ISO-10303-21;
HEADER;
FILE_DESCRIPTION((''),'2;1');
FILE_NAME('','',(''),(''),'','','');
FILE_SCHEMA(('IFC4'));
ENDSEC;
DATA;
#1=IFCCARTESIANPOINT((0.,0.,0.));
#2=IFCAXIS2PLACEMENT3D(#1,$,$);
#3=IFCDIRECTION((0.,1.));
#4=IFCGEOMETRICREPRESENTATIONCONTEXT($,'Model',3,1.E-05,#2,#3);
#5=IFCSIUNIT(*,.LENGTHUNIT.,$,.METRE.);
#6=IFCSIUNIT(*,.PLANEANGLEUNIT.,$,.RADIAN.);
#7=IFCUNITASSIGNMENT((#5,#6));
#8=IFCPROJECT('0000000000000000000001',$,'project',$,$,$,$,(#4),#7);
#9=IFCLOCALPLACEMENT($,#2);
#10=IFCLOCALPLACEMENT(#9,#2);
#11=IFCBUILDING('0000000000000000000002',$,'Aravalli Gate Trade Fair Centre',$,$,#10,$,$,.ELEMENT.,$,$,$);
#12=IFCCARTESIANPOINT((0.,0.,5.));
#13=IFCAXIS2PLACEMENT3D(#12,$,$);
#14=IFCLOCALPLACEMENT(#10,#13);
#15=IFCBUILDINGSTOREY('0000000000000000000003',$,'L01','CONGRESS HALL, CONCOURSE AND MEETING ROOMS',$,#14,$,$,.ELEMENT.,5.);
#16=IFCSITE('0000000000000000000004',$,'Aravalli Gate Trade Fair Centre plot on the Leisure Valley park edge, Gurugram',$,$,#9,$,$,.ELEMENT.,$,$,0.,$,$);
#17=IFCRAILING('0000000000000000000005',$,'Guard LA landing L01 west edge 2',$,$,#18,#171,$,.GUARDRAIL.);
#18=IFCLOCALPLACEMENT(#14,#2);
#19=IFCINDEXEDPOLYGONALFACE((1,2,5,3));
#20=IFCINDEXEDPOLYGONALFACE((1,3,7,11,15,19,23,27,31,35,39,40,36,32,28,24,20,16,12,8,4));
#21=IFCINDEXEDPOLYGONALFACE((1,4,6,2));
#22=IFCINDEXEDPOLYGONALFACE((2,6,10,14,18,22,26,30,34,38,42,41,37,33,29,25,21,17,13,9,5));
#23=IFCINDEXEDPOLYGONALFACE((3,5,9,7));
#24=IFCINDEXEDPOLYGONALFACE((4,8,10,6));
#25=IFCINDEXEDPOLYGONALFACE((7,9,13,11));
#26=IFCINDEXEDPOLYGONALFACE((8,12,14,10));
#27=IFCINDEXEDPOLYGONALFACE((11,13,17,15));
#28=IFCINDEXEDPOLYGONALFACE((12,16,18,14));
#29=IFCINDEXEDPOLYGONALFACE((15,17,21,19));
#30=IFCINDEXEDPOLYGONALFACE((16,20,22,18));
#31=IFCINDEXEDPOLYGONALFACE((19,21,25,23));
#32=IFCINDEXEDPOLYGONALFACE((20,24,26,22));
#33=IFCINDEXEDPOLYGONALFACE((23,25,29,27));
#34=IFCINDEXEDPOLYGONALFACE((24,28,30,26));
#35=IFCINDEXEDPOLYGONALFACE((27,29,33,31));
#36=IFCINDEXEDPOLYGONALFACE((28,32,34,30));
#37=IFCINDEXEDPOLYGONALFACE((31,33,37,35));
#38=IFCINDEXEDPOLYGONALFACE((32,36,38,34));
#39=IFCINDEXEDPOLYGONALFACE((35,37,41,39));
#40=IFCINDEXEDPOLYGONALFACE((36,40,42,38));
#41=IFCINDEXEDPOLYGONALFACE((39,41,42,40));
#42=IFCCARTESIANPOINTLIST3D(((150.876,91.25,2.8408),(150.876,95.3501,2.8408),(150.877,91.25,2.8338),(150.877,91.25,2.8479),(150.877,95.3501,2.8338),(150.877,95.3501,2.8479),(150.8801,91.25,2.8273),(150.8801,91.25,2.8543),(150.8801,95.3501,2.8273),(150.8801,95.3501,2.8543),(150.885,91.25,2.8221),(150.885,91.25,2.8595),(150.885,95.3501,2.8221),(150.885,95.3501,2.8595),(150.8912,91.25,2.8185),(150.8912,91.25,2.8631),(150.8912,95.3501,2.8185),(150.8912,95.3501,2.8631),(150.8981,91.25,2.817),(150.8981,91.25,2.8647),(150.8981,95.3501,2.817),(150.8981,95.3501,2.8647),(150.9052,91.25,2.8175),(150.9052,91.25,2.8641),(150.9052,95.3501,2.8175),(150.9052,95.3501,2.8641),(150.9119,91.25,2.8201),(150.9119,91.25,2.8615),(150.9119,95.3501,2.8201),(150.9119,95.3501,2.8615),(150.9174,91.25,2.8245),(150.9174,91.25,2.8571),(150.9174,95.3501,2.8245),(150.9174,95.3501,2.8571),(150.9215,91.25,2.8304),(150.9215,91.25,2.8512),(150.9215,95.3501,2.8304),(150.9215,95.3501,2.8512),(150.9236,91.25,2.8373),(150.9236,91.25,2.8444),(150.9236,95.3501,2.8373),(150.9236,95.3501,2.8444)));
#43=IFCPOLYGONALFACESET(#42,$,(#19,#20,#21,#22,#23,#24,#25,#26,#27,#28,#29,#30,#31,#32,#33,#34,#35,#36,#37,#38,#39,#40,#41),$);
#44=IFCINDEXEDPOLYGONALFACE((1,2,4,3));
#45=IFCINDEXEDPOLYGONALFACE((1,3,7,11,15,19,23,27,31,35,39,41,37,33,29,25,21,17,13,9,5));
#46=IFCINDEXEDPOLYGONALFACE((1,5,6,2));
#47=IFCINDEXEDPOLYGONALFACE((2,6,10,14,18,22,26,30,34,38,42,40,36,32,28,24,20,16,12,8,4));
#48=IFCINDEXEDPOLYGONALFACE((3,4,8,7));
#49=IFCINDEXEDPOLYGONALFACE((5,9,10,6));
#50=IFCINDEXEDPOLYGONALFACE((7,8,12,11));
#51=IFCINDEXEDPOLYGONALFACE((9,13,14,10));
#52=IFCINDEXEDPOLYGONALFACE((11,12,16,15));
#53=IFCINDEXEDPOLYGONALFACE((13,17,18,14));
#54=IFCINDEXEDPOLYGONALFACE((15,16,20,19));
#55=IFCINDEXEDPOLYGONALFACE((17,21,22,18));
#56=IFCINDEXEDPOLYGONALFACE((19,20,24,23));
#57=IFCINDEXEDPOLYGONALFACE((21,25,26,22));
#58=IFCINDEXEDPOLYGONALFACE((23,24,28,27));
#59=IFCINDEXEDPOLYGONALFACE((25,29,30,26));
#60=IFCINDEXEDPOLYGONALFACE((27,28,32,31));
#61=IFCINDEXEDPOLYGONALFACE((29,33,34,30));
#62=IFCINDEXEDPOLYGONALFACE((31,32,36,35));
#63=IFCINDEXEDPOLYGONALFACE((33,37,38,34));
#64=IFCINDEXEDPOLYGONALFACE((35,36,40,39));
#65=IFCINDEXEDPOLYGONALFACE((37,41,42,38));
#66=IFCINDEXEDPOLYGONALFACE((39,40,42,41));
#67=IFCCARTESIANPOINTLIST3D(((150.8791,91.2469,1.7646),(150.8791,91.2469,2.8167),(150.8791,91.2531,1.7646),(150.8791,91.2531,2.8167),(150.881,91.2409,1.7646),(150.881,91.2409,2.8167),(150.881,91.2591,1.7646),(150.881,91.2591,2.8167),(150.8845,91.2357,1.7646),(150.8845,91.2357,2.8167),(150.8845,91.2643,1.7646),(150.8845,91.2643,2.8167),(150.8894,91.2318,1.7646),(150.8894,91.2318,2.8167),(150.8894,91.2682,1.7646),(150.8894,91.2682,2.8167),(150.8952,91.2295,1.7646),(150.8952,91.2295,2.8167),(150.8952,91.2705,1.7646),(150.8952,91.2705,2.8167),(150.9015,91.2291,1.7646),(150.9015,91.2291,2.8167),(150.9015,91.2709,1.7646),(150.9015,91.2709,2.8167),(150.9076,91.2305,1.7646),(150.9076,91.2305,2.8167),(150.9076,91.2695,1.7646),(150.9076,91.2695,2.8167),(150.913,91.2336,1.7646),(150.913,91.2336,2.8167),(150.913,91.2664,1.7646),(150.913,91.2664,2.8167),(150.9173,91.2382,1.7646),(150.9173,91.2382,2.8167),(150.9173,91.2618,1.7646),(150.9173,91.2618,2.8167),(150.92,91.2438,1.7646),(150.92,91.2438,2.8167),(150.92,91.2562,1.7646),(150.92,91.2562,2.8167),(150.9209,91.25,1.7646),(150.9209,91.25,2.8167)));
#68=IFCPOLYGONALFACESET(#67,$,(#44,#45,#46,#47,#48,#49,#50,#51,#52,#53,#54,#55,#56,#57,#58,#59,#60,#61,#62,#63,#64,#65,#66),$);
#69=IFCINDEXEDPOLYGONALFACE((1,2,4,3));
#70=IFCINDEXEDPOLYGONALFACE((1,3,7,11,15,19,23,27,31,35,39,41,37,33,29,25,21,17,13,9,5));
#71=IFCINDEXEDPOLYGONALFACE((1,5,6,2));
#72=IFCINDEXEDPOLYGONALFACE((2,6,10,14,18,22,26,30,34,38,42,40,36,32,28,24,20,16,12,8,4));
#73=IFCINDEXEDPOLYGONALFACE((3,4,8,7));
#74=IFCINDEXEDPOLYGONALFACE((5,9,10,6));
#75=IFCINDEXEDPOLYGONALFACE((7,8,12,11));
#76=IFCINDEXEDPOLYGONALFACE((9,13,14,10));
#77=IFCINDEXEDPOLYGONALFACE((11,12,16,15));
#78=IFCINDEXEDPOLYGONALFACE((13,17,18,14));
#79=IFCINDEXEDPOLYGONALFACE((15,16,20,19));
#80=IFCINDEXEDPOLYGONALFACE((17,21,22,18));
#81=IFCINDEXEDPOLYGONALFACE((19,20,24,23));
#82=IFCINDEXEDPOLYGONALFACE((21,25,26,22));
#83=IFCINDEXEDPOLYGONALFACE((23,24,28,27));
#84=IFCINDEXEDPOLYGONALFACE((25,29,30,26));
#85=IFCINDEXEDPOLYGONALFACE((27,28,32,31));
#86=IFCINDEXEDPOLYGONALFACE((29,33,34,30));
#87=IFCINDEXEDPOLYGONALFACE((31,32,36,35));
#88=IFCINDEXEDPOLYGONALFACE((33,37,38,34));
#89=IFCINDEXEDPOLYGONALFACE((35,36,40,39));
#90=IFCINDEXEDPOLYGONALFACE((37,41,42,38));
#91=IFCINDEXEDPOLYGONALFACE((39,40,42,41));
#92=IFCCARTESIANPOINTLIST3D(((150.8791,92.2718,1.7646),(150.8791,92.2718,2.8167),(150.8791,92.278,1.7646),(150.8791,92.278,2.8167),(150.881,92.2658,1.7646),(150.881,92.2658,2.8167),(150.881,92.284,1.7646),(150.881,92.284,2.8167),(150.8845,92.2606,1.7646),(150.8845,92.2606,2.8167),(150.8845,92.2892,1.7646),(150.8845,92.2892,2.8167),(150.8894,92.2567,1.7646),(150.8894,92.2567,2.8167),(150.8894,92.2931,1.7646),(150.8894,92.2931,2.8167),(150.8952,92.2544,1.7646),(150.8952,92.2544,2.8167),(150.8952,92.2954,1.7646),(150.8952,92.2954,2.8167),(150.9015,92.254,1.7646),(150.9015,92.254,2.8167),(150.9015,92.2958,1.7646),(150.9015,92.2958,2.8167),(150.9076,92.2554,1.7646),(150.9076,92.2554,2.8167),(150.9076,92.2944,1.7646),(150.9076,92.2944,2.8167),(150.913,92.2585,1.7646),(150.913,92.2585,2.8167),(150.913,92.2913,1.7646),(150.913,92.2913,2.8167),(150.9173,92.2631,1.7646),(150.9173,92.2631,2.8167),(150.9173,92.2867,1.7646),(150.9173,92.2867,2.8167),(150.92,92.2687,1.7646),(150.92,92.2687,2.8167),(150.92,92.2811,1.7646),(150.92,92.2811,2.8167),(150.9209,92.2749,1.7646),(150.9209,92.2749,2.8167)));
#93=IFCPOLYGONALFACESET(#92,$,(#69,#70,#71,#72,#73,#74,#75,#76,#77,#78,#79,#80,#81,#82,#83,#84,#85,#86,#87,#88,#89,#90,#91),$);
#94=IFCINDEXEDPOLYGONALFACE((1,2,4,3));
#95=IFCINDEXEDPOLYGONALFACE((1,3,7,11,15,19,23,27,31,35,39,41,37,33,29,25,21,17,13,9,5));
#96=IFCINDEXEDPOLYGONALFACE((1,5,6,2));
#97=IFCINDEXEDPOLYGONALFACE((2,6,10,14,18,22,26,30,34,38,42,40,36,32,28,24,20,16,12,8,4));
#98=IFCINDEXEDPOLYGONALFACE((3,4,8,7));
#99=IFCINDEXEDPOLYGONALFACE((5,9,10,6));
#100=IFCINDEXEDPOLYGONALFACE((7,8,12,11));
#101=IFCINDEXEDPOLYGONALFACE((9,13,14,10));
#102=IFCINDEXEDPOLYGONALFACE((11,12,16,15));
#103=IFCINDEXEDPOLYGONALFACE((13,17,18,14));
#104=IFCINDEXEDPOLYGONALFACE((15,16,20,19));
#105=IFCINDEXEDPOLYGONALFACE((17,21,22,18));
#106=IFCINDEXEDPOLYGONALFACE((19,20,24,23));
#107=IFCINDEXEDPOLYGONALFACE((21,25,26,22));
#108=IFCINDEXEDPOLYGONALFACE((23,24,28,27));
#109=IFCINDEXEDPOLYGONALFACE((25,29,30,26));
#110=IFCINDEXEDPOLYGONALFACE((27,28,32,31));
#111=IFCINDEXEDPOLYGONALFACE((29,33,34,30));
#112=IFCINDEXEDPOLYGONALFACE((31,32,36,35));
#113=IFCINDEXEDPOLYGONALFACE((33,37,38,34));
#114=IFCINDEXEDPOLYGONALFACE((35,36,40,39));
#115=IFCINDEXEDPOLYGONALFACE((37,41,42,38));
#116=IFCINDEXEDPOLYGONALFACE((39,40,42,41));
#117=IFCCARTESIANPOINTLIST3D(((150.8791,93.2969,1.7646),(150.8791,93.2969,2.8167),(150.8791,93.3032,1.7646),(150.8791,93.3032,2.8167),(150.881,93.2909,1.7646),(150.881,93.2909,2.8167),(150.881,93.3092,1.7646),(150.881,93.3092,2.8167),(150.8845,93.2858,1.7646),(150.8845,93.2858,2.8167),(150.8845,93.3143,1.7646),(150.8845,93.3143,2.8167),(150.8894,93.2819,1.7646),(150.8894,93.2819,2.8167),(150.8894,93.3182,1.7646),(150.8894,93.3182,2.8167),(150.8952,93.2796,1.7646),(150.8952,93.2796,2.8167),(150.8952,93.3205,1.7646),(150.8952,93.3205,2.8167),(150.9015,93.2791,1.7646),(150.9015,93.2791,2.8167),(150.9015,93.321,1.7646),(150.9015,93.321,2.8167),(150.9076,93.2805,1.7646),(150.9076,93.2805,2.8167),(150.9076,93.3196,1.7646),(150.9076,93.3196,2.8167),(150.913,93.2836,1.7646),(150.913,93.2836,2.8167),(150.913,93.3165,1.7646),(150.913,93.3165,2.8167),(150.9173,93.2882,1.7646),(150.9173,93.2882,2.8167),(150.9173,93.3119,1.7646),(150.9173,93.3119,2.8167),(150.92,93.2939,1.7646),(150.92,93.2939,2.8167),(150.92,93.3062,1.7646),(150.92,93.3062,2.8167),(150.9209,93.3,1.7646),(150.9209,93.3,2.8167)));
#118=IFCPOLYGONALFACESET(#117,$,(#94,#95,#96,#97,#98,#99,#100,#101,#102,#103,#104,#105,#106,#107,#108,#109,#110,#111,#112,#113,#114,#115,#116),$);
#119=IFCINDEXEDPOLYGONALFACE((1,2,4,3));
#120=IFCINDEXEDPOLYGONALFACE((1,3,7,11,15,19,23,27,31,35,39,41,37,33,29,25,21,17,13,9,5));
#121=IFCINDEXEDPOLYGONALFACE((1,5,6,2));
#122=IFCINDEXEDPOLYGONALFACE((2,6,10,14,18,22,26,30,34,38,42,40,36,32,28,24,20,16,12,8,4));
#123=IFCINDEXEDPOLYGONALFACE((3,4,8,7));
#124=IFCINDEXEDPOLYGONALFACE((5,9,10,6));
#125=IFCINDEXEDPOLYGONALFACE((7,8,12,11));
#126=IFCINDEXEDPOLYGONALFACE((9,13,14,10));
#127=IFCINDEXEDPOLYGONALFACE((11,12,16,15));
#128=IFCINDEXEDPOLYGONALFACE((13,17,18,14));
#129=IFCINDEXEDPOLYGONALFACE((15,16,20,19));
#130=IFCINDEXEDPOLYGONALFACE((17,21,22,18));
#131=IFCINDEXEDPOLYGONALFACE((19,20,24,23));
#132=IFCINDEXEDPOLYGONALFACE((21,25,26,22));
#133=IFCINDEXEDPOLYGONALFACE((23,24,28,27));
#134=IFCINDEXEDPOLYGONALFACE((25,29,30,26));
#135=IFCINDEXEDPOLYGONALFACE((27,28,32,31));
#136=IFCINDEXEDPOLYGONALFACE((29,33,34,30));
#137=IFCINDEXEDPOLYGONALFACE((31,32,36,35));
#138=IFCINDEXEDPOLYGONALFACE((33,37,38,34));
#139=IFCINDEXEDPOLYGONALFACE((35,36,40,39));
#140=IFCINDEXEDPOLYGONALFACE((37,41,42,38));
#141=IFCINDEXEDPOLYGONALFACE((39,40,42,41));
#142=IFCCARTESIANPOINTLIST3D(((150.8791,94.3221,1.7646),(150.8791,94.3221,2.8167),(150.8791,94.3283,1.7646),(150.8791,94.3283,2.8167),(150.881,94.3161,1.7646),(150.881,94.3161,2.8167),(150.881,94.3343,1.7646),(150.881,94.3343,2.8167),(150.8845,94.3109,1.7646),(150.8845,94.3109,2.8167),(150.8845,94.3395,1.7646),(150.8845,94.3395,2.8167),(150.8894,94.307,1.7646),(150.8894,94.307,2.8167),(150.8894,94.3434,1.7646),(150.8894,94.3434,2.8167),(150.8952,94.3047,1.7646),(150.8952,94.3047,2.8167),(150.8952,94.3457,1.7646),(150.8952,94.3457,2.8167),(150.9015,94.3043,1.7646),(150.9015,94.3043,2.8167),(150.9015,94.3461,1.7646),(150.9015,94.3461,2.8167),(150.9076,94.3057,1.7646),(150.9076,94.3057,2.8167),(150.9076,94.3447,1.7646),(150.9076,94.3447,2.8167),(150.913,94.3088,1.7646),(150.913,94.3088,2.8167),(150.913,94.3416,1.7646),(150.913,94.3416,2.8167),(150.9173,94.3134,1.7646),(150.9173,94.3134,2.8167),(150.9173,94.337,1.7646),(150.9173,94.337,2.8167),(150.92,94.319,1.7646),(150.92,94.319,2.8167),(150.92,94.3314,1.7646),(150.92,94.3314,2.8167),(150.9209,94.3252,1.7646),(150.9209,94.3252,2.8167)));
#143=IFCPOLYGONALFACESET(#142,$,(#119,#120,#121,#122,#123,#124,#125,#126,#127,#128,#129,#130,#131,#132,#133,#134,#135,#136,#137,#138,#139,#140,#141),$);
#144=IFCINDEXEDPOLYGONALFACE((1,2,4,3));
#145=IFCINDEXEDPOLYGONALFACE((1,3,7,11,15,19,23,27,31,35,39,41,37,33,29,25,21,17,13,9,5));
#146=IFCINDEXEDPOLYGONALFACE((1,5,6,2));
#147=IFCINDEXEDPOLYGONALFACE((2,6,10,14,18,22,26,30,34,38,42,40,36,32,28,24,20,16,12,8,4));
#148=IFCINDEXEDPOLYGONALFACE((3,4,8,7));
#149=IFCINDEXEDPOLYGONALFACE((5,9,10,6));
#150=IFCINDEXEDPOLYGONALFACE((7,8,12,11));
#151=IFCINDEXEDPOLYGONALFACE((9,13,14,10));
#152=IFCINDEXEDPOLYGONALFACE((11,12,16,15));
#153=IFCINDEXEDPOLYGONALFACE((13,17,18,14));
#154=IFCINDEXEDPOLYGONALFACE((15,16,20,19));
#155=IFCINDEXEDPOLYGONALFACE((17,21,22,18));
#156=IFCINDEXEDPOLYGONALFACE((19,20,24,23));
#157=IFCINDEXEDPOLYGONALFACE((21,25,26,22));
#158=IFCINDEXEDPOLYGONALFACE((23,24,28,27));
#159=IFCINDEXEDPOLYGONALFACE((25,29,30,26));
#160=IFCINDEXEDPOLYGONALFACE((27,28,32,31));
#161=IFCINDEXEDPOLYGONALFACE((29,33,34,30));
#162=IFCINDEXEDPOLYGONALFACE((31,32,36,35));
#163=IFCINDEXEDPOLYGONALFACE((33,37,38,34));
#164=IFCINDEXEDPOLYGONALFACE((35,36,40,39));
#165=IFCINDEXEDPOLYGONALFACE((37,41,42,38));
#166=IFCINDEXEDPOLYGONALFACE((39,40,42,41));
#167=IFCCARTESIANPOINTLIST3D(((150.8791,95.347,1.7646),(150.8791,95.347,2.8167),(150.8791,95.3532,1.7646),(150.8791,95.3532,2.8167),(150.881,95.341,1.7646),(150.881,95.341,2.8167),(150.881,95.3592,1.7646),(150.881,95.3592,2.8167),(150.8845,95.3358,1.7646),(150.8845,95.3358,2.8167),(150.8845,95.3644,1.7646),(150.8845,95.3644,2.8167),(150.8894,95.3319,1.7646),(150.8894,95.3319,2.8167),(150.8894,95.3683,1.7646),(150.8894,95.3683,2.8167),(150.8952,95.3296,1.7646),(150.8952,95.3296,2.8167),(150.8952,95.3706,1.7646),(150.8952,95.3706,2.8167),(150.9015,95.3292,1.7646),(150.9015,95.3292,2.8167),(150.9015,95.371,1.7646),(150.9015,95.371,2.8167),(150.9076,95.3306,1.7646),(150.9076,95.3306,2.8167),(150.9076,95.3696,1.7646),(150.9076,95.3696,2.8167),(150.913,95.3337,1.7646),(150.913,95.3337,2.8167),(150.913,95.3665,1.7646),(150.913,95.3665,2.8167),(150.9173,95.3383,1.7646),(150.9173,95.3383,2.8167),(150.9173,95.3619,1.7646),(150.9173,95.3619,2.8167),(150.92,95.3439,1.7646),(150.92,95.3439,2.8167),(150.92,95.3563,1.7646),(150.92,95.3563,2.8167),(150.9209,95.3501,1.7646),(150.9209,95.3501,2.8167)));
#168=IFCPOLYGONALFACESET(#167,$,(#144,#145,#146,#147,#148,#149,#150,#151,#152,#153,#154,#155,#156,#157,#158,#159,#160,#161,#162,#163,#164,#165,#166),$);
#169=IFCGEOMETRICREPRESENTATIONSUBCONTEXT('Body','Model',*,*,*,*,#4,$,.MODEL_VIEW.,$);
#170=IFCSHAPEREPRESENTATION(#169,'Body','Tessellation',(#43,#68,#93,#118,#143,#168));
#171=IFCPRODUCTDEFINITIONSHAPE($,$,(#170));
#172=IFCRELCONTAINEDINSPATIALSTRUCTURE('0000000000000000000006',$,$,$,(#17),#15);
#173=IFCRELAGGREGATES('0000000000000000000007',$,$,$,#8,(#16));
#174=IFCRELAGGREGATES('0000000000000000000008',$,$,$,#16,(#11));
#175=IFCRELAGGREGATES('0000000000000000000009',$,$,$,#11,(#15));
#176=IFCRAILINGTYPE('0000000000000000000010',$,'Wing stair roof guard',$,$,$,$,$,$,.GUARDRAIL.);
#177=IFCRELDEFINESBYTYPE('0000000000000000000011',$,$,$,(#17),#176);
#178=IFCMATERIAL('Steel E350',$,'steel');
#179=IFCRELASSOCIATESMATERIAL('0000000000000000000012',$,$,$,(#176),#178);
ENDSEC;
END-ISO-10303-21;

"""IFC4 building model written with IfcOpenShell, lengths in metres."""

from ifc_helpers import new_model, si_unit, direction, frame, origin, origin_2d, place, context, subcontext, project, spatial, circle, extrude, material, type_object, element, save


model = new_model("IFC4")

# Units and contexts
model_context = context("Model", 3, precision=1e-05, world=origin(), true_north=direction((0.0, 1.0)))
body_context = subcontext(model_context, "Body", "Model", "MODEL_VIEW")
ifc_project = project(units=[si_unit("LENGTHUNIT", "METRE"), si_unit("PLANEANGLEUNIT", "RADIAN")], contexts=[model_context])

# Site, building, storey
site_placement = place(None, origin())
site = spatial("IfcSite", under=ifc_project, at=site_placement, Name="Aravalli Gate Trade Fair Centre plot on the Leisure Valley park edge, Gurugram", CompositionType="ELEMENT", RefElevation=0.0)
building_placement = place(site_placement, origin())
building = spatial("IfcBuilding", under=site, at=building_placement, Name="Aravalli Gate Trade Fair Centre", CompositionType="ELEMENT")
storey_placement = place(building_placement, frame((0.0, 0.0, 5.0)))
storey = spatial("IfcBuildingStorey", under=building, at=storey_placement, Name="L01", Description="CONGRESS HALL, CONCOURSE AND MEETING ROOMS", CompositionType="ELEMENT", Elevation=5.0)

# Shared definitions
ifc_material_1 = material(Name="Steel E350", Category="steel")

# Railing
railing_type_1 = type_object("IfcRailingType", Name="Wing stair roof guard", PredefinedType="GUARDRAIL", material=ifc_material_1)
railing_1_placement = place(storey_placement, frame((150.8999, 91.25, 1.7646)))
element("IfcRailing", 1, at=railing_1_placement, inside=storey, type_object=railing_type_1, Name="Guard LA landing L01 west edge 2", PredefinedType="GUARDRAIL", context=body_context, shape_type="SweptSolid", body=[
    extrude(circle(Radius=0.0239, at=origin_2d()), frame((0.0, 0.0, 1.0762), z_axis=(0.0, 1.0, 0.0), x_axis=(-1.0, 0.0, 0.0)), (0.0, 0.0, 1.0), 4.1001),
    extrude(circle(Radius=0.021, at=origin_2d()), origin(), (0.0, 0.0, 1.0), 1.052),
    extrude(circle(Radius=0.021, at=origin_2d()), frame((0.0, 1.0249, 0.0)), (0.0, 0.0, 1.0), 1.052),
    extrude(circle(Radius=0.021, at=origin_2d()), frame((0.0, 2.05, 0.0)), (0.0, 0.0, 1.0), 1.052),
    extrude(circle(Radius=0.021, at=origin_2d()), frame((0.0, 3.0752, 0.0)), (0.0, 0.0, 1.0), 1.052),
    extrude(circle(Radius=0.021, at=origin_2d()), frame((0.0, 4.1001, 0.0)), (0.0, 0.0, 1.0), 1.052),
])

save(model, "model.ifc")
